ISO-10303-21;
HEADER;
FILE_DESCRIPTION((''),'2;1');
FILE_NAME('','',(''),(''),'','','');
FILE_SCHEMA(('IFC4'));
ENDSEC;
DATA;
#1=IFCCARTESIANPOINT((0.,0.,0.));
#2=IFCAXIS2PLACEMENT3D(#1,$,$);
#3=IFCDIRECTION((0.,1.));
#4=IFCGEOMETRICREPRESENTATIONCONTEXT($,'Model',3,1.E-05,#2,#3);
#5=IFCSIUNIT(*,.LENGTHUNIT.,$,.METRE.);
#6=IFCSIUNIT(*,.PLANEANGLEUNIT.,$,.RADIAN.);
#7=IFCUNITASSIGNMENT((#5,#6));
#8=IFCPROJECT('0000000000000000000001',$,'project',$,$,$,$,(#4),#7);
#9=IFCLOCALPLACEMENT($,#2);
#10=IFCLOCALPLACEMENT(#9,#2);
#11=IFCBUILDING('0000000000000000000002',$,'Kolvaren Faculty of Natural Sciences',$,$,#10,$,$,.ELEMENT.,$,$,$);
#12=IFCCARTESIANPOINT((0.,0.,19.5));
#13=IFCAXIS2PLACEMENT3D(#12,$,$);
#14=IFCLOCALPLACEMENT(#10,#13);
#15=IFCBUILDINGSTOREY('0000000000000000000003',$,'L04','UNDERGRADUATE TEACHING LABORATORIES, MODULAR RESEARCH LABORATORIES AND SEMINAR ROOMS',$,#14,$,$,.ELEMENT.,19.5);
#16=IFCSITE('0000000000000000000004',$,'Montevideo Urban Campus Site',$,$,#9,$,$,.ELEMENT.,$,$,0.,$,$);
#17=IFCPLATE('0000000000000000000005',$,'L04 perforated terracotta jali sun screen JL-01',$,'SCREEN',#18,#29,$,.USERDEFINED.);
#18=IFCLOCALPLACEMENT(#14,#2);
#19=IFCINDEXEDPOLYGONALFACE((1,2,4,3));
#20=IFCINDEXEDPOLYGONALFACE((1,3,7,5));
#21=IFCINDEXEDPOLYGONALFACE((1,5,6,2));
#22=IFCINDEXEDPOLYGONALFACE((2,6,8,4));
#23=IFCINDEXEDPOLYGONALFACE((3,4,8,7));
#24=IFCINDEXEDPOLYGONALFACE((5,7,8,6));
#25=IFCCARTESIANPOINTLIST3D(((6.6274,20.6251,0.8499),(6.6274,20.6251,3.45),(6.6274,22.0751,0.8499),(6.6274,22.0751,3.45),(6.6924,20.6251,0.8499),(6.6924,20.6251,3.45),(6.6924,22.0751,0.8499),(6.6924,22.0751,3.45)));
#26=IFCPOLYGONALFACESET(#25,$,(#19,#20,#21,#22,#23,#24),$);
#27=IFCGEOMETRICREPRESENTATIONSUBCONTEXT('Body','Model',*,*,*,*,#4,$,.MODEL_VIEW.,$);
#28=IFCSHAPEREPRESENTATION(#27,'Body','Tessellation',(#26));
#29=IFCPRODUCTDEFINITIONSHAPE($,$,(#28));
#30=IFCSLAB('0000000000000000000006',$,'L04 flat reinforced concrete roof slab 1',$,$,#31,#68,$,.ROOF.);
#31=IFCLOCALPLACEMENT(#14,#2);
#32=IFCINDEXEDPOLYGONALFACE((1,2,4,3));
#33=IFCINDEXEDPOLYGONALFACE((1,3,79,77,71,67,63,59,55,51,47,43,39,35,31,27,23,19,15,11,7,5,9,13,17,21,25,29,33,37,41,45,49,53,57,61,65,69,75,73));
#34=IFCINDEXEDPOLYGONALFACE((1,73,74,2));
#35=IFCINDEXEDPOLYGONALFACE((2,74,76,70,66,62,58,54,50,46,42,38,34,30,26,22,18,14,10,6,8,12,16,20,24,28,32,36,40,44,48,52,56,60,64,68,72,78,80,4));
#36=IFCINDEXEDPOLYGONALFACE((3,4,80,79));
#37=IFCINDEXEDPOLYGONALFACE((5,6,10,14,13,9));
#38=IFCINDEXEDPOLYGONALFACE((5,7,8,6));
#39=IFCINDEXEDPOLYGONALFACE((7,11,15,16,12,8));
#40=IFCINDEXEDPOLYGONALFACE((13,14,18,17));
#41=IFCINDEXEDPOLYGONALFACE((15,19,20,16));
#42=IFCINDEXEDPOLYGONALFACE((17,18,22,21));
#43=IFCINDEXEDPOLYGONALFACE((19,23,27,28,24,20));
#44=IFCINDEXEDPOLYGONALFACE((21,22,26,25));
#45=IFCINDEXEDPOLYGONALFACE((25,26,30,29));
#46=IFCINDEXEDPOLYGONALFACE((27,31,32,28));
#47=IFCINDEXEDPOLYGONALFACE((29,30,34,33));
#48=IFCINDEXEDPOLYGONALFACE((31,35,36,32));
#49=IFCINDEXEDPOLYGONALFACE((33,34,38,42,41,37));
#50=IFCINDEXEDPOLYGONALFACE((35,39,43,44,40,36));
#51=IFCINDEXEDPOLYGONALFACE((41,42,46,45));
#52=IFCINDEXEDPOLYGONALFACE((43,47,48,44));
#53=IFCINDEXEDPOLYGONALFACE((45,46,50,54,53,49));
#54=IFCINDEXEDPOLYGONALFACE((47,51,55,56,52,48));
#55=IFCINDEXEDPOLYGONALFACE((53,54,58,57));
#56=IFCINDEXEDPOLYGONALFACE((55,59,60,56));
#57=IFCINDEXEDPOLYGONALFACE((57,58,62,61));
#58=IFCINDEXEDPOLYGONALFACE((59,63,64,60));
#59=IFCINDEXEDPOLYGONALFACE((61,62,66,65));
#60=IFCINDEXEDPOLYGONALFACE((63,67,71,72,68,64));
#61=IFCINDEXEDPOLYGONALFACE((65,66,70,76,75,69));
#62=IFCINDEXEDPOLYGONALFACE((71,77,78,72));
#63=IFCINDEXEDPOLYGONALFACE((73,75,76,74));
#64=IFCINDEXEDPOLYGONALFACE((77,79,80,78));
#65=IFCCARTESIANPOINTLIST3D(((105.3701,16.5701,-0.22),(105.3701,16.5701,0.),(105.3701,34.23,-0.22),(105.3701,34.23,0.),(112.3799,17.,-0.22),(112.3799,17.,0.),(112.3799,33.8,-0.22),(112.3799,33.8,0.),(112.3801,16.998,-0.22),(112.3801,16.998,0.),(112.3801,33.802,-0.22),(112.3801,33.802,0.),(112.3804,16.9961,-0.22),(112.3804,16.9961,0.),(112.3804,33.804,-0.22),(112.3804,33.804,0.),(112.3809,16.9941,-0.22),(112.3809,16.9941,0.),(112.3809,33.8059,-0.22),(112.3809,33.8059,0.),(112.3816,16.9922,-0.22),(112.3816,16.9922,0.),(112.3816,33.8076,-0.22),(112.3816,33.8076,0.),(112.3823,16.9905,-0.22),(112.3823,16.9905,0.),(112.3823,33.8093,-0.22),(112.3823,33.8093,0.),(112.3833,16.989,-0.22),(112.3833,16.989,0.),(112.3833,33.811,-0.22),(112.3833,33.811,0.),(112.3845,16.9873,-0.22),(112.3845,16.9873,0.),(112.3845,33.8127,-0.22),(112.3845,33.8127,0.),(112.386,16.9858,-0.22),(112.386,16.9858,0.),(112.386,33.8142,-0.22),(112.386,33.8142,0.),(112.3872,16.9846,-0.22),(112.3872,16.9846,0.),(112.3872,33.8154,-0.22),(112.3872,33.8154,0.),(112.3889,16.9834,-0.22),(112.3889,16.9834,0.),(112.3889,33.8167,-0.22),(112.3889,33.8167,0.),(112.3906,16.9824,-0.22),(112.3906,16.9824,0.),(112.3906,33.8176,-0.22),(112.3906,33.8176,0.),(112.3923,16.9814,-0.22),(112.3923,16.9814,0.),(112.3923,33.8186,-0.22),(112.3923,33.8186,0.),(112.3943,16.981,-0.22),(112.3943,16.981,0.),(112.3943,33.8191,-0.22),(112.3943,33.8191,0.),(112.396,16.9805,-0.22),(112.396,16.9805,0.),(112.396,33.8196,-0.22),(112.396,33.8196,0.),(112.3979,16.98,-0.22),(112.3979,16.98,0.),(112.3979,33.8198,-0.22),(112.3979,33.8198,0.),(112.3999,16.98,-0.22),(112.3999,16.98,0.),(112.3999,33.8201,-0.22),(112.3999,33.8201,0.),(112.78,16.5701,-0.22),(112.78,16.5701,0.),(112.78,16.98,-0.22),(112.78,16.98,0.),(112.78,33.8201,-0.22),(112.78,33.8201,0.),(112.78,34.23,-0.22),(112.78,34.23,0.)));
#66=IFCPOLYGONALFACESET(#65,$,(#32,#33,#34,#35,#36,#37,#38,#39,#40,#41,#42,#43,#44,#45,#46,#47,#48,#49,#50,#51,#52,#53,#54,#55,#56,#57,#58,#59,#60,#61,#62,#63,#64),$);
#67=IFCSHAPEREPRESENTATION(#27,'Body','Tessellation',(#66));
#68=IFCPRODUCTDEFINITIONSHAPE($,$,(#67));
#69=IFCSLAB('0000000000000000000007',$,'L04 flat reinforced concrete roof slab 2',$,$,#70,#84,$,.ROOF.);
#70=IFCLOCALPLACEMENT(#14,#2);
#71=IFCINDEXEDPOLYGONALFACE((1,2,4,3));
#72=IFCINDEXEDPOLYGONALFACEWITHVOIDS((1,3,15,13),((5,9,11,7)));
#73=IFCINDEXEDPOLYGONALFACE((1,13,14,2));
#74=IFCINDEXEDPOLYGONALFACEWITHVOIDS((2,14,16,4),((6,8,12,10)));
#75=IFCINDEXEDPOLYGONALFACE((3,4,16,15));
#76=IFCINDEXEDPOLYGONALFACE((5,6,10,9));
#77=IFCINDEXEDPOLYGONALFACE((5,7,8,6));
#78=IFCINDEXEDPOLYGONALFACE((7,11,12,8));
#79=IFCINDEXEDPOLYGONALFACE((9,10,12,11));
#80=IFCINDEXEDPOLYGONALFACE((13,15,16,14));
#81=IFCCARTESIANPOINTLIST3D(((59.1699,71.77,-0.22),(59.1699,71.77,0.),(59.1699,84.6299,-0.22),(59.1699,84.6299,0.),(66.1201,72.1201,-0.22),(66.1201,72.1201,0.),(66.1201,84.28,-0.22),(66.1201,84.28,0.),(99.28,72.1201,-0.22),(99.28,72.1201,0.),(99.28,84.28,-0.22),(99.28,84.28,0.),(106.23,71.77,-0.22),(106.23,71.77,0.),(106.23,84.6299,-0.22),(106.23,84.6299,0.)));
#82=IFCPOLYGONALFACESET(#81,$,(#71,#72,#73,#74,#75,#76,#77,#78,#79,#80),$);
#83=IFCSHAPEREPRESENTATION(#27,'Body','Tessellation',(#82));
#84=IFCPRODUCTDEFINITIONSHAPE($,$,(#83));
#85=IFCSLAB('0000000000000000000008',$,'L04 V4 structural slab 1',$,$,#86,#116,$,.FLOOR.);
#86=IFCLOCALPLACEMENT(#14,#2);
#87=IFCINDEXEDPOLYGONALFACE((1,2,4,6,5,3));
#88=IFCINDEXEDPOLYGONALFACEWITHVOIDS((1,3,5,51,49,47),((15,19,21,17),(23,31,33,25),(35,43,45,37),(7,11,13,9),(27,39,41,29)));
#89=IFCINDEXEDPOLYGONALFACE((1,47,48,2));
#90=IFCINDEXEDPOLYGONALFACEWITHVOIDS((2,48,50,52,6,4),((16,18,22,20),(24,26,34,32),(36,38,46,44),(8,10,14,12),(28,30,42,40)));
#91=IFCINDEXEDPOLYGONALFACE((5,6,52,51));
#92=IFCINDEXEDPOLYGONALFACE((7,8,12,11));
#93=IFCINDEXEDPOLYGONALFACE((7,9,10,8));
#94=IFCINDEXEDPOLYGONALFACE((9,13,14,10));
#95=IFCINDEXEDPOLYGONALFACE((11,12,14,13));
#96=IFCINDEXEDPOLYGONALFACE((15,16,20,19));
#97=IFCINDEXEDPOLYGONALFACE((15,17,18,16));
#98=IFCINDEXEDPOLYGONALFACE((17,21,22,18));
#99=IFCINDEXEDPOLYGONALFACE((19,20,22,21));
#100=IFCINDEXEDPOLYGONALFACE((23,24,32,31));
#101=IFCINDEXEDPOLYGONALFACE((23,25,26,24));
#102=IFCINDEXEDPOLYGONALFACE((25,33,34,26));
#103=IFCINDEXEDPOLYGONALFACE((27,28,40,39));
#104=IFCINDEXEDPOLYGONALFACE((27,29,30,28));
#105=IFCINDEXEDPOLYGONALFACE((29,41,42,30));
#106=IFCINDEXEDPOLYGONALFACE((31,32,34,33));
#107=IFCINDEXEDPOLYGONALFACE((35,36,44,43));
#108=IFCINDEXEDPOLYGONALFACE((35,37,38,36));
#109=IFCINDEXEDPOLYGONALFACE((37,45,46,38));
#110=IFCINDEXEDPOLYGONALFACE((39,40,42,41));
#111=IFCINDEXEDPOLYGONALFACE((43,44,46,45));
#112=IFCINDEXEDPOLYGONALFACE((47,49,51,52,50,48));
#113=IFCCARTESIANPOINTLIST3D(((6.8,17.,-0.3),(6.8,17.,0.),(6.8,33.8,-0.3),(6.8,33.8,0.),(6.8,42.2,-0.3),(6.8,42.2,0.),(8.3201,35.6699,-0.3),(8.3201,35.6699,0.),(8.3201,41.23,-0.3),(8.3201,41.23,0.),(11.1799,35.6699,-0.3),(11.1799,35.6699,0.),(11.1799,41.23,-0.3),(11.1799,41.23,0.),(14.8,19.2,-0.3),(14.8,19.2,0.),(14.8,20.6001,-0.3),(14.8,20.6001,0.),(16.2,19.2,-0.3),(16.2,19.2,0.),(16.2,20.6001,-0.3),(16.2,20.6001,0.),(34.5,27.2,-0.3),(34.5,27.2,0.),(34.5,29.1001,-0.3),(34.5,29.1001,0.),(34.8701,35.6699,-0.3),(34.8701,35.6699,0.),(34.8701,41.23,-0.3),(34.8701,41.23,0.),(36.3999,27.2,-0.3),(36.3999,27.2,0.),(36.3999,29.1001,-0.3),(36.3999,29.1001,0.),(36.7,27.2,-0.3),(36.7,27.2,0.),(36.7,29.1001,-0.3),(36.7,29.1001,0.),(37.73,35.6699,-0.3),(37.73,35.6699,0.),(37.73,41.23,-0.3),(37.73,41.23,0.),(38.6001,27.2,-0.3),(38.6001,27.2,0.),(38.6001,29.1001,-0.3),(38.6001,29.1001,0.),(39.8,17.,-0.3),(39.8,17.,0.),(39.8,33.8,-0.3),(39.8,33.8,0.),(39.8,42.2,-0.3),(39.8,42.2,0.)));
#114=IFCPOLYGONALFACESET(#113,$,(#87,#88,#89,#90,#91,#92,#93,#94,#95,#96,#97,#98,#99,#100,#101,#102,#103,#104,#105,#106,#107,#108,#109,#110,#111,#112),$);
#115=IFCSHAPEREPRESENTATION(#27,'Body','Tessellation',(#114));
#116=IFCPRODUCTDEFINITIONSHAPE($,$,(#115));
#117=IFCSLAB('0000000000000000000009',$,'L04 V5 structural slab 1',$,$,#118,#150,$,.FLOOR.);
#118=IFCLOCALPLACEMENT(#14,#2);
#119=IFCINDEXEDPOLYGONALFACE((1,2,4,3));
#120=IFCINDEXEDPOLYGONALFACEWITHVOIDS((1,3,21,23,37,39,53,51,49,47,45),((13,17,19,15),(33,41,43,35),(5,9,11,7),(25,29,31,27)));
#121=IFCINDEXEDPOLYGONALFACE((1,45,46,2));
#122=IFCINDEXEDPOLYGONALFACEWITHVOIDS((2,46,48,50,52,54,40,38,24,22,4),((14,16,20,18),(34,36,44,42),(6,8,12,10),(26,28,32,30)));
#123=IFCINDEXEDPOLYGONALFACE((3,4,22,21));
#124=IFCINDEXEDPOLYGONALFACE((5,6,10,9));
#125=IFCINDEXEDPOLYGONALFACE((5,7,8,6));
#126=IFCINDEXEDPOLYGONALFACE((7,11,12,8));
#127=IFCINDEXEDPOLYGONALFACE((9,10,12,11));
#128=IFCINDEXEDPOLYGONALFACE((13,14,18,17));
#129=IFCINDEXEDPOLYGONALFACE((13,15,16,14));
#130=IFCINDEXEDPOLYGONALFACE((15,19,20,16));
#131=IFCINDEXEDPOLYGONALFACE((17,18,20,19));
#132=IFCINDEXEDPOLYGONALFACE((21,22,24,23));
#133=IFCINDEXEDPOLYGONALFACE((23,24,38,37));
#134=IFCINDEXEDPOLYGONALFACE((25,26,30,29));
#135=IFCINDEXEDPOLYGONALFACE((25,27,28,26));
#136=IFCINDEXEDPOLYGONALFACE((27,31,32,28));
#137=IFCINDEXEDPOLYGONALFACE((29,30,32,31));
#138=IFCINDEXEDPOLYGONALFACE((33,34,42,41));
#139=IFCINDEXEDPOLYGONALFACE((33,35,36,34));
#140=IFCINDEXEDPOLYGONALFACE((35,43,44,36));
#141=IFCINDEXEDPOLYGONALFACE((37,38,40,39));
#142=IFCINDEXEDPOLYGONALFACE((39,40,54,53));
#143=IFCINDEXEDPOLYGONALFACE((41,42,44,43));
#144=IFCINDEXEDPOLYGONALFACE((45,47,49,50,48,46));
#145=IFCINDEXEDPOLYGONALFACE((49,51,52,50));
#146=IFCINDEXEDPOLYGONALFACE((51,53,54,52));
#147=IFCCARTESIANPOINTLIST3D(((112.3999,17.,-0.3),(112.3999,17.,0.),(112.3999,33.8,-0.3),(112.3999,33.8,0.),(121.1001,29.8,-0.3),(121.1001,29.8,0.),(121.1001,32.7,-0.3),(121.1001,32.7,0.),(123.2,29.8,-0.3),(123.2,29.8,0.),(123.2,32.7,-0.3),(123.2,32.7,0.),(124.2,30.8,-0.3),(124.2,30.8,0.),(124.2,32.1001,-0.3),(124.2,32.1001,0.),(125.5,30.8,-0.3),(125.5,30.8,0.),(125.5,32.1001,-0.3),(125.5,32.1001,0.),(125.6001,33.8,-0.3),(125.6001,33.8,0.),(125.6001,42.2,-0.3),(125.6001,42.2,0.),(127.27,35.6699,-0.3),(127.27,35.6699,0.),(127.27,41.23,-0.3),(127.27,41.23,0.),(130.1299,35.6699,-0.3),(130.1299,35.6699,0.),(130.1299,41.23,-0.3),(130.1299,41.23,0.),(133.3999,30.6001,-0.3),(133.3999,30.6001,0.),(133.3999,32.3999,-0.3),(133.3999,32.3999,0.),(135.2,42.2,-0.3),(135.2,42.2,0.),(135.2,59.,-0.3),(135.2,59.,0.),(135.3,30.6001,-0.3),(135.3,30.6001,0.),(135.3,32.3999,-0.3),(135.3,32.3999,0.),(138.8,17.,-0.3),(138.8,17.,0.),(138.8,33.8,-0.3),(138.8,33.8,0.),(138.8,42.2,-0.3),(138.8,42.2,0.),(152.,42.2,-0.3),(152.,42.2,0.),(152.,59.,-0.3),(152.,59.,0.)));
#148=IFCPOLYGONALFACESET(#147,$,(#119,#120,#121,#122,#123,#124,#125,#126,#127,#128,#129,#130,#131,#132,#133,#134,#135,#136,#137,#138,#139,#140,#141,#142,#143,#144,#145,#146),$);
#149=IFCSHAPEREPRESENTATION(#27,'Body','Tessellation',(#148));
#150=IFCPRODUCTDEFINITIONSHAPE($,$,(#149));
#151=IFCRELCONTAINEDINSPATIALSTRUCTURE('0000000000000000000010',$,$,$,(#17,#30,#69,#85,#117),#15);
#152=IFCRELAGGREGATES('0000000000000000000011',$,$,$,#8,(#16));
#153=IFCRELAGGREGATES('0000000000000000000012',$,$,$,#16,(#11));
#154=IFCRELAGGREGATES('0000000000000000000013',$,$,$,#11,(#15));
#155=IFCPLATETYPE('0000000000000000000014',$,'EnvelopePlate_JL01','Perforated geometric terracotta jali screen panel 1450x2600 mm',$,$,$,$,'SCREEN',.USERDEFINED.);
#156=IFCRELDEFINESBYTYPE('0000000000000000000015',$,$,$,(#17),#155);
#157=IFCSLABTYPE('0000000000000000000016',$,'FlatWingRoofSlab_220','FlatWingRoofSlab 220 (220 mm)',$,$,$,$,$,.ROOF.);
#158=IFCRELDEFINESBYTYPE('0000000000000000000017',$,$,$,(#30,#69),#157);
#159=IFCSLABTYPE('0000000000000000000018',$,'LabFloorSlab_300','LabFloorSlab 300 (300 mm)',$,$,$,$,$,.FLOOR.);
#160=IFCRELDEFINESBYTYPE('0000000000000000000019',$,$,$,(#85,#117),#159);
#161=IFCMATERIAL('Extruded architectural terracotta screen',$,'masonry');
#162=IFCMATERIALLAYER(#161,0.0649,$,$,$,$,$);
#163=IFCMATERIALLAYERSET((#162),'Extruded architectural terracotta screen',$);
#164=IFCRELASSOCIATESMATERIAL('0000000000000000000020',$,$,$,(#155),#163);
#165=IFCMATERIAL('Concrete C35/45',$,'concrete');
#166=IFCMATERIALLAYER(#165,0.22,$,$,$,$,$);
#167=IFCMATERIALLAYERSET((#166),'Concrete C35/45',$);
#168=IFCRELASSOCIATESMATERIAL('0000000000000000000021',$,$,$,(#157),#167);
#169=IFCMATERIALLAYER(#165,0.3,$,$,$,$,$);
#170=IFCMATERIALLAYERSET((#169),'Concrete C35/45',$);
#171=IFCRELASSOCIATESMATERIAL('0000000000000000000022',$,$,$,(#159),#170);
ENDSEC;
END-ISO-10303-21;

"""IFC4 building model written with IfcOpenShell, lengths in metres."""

from ifc_helpers import new_model, si_unit, direction, frame, origin, origin_2d, place, context, subcontext, project, spatial, polyline, rectangle, outline, extrude, material, layer, layer_set, type_object, element, save


model = new_model("IFC4")

# Units and contexts
model_context = context("Model", 3, precision=1e-05, world=origin(), true_north=direction((0.0, 1.0)))
body_context = subcontext(model_context, "Body", "Model", "MODEL_VIEW")
ifc_project = project(units=[si_unit("LENGTHUNIT", "METRE"), si_unit("PLANEANGLEUNIT", "RADIAN")], contexts=[model_context])

# Site, building, storey
site_placement = place(None, origin())
site = spatial("IfcSite", under=ifc_project, at=site_placement, Name="Montevideo Urban Campus Site", CompositionType="ELEMENT", RefElevation=0.0)
building_placement = place(site_placement, origin())
building = spatial("IfcBuilding", under=site, at=building_placement, Name="Kolvaren Faculty of Natural Sciences", CompositionType="ELEMENT")
storey_placement = place(building_placement, frame((0.0, 0.0, 19.5)))
storey = spatial("IfcBuildingStorey", under=building, at=storey_placement, Name="L04", Description="UNDERGRADUATE TEACHING LABORATORIES, MODULAR RESEARCH LABORATORIES AND SEMINAR ROOMS", CompositionType="ELEMENT", Elevation=19.5)

# Plate
ifc_material_1 = material(Name="Extruded architectural terracotta screen", Category="masonry")
ifc_layer_1 = layer(ifc_material_1, 0.0649)
ifc_layer_set_1 = layer_set([ifc_layer_1], Name="Extruded architectural terracotta screen")
plate_type = type_object("IfcPlateType", Name="EnvelopePlate_JL01", Description="Perforated geometric terracotta jali screen panel 1450x2600 mm", ElementType="SCREEN", PredefinedType="USERDEFINED", material=ifc_layer_set_1)
plate_placement = place(storey_placement, frame((6.6599, 21.3501, 0.8499), z_axis=(0.0, 0.0, 1.0), x_axis=(0.0, 1.0, 0.0)))
element("IfcPlate", 1, at=plate_placement, inside=storey, type_object=plate_type, Name="L04 perforated terracotta jali sun screen JL-01", ObjectType="SCREEN", PredefinedType="USERDEFINED", context=body_context, shape_type="SweptSolid", body=[
    extrude(rectangle(XDim=1.45, YDim=0.0649, at=origin_2d()), origin(), (0.0, 0.0, 1.0), 2.6001),
])

# Slabs
ifc_material_2 = material(Name="Concrete C35/45", Category="concrete")
ifc_layer_2 = layer(ifc_material_2, 0.22)
ifc_layer_set_2 = layer_set([ifc_layer_2], Name="Concrete C35/45")
slab_type_1 = type_object("IfcSlabType", Name="FlatWingRoofSlab_220", Description="FlatWingRoofSlab 220 (220 mm)", PredefinedType="ROOF", material=ifc_layer_set_2)
slab_1_placement = place(storey_placement, frame((0.0, 0.0, -0.22)))
element("IfcSlab", 2, at=slab_1_placement, inside=storey, type_object=slab_type_1, Name="L04 flat reinforced concrete roof slab 1", PredefinedType="ROOF", context=body_context, shape_type="SweptSolid", body=[
    extrude(outline(polyline([(112.3979, 33.8198), (112.396, 33.8196), (112.3943, 33.8191), (112.3923, 33.8186), (112.3906, 33.8176), (112.3889, 33.8167), (112.3872, 33.8154), (112.386, 33.8142), (112.3845, 33.8127), (112.3833, 33.811), (112.3823, 33.8093), (112.3816, 33.8076), (112.3809, 33.8059), (112.3804, 33.804), (112.3801, 33.802), (112.3799, 33.8), (112.3799, 17.0), (112.3801, 16.998), (112.3804, 16.9961), (112.3809, 16.9941), (112.3816, 16.9922), (112.3823, 16.9905), (112.3833, 16.989), (112.3845, 16.9873), (112.386, 16.9858), (112.3872, 16.9846), (112.3889, 16.9834), (112.3906, 16.9824), (112.3923, 16.9814), (112.3943, 16.981), (112.396, 16.9805), (112.3979, 16.98), (112.3999, 16.98), (112.78, 16.98), (112.78, 16.5701), (105.3701, 16.5701), (105.3701, 34.23), (112.78, 34.23), (112.78, 33.8201), (112.3999, 33.8201), (112.3979, 33.8198)])), origin(), (0.0, 0.0, 1.0), 0.22),
])
slab_2_placement = place(storey_placement, frame((0.0, 0.0, -0.22)))
element("IfcSlab", 3, at=slab_2_placement, inside=storey, type_object=slab_type_1, Name="L04 flat reinforced concrete roof slab 2", PredefinedType="ROOF", context=body_context, shape_type="SweptSolid", body=[
    extrude(outline(polyline([(59.1699, 71.77), (59.1699, 84.6299), (106.23, 84.6299), (106.23, 71.77), (59.1699, 71.77)]), holes=[polyline([(99.28, 84.28), (66.1201, 84.28), (66.1201, 72.1201), (99.28, 72.1201), (99.28, 84.28)])]), origin(), (0.0, 0.0, 1.0), 0.22),
])
ifc_layer_3 = layer(ifc_material_2, 0.3)
ifc_layer_set_3 = layer_set([ifc_layer_3], Name="Concrete C35/45")
slab_type_2 = type_object("IfcSlabType", Name="LabFloorSlab_300", Description="LabFloorSlab 300 (300 mm)", PredefinedType="FLOOR", material=ifc_layer_set_3)
slab_3_placement = place(storey_placement, frame((0.0, 0.0, -0.3)))
element("IfcSlab", 4, at=slab_3_placement, inside=storey, type_object=slab_type_2, Name="L04 V4 structural slab 1", PredefinedType="FLOOR", context=body_context, shape_type="SweptSolid", body=[
    extrude(outline(polyline([(6.8, 17.0), (6.8, 33.8), (6.8, 42.2), (39.8, 42.2), (39.8, 33.8), (39.8, 17.0), (6.8, 17.0)]), holes=[polyline([(38.6001, 29.1001), (36.7, 29.1001), (36.7, 27.2), (38.6001, 27.2), (38.6001, 29.1001)]), polyline([(37.73, 41.23), (34.8701, 41.23), (34.8701, 35.6699), (37.73, 35.6699), (37.73, 41.23)]), polyline([(36.3999, 29.1001), (34.5, 29.1001), (34.5, 27.2), (36.3999, 27.2), (36.3999, 29.1001)]), polyline([(14.8, 20.6001), (14.8, 19.2), (16.2, 19.2), (16.2, 20.6001), (14.8, 20.6001)]), polyline([(11.1799, 41.23), (8.3201, 41.23), (8.3201, 35.6699), (11.1799, 35.6699), (11.1799, 41.23)])]), origin(), (0.0, 0.0, 1.0), 0.3),
])
slab_4_placement = place(storey_placement, frame((0.0, 0.0, -0.3)))
element("IfcSlab", 5, at=slab_4_placement, inside=storey, type_object=slab_type_2, Name="L04 V5 structural slab 1", PredefinedType="FLOOR", context=body_context, shape_type="SweptSolid", body=[
    extrude(outline(polyline([(112.3999, 17.0), (112.3999, 33.8), (125.6001, 33.8), (125.6001, 42.2), (135.2, 42.2), (135.2, 59.0), (152.0, 59.0), (152.0, 42.2), (138.8, 42.2), (138.8, 33.8), (138.8, 17.0), (112.3999, 17.0)]), holes=[polyline([(133.3999, 32.3999), (133.3999, 30.6001), (135.3, 30.6001), (135.3, 32.3999), (133.3999, 32.3999)]), polyline([(130.1299, 41.23), (127.27, 41.23), (127.27, 35.6699), (130.1299, 35.6699), (130.1299, 41.23)]), polyline([(125.5, 32.1001), (124.2, 32.1001), (124.2, 30.8), (125.5, 30.8), (125.5, 32.1001)]), polyline([(123.2, 32.7), (121.1001, 32.7), (121.1001, 29.8), (123.2, 29.8), (123.2, 32.7)])]), origin(), (0.0, 0.0, 1.0), 0.3),
])

save(model, "model.ifc")
